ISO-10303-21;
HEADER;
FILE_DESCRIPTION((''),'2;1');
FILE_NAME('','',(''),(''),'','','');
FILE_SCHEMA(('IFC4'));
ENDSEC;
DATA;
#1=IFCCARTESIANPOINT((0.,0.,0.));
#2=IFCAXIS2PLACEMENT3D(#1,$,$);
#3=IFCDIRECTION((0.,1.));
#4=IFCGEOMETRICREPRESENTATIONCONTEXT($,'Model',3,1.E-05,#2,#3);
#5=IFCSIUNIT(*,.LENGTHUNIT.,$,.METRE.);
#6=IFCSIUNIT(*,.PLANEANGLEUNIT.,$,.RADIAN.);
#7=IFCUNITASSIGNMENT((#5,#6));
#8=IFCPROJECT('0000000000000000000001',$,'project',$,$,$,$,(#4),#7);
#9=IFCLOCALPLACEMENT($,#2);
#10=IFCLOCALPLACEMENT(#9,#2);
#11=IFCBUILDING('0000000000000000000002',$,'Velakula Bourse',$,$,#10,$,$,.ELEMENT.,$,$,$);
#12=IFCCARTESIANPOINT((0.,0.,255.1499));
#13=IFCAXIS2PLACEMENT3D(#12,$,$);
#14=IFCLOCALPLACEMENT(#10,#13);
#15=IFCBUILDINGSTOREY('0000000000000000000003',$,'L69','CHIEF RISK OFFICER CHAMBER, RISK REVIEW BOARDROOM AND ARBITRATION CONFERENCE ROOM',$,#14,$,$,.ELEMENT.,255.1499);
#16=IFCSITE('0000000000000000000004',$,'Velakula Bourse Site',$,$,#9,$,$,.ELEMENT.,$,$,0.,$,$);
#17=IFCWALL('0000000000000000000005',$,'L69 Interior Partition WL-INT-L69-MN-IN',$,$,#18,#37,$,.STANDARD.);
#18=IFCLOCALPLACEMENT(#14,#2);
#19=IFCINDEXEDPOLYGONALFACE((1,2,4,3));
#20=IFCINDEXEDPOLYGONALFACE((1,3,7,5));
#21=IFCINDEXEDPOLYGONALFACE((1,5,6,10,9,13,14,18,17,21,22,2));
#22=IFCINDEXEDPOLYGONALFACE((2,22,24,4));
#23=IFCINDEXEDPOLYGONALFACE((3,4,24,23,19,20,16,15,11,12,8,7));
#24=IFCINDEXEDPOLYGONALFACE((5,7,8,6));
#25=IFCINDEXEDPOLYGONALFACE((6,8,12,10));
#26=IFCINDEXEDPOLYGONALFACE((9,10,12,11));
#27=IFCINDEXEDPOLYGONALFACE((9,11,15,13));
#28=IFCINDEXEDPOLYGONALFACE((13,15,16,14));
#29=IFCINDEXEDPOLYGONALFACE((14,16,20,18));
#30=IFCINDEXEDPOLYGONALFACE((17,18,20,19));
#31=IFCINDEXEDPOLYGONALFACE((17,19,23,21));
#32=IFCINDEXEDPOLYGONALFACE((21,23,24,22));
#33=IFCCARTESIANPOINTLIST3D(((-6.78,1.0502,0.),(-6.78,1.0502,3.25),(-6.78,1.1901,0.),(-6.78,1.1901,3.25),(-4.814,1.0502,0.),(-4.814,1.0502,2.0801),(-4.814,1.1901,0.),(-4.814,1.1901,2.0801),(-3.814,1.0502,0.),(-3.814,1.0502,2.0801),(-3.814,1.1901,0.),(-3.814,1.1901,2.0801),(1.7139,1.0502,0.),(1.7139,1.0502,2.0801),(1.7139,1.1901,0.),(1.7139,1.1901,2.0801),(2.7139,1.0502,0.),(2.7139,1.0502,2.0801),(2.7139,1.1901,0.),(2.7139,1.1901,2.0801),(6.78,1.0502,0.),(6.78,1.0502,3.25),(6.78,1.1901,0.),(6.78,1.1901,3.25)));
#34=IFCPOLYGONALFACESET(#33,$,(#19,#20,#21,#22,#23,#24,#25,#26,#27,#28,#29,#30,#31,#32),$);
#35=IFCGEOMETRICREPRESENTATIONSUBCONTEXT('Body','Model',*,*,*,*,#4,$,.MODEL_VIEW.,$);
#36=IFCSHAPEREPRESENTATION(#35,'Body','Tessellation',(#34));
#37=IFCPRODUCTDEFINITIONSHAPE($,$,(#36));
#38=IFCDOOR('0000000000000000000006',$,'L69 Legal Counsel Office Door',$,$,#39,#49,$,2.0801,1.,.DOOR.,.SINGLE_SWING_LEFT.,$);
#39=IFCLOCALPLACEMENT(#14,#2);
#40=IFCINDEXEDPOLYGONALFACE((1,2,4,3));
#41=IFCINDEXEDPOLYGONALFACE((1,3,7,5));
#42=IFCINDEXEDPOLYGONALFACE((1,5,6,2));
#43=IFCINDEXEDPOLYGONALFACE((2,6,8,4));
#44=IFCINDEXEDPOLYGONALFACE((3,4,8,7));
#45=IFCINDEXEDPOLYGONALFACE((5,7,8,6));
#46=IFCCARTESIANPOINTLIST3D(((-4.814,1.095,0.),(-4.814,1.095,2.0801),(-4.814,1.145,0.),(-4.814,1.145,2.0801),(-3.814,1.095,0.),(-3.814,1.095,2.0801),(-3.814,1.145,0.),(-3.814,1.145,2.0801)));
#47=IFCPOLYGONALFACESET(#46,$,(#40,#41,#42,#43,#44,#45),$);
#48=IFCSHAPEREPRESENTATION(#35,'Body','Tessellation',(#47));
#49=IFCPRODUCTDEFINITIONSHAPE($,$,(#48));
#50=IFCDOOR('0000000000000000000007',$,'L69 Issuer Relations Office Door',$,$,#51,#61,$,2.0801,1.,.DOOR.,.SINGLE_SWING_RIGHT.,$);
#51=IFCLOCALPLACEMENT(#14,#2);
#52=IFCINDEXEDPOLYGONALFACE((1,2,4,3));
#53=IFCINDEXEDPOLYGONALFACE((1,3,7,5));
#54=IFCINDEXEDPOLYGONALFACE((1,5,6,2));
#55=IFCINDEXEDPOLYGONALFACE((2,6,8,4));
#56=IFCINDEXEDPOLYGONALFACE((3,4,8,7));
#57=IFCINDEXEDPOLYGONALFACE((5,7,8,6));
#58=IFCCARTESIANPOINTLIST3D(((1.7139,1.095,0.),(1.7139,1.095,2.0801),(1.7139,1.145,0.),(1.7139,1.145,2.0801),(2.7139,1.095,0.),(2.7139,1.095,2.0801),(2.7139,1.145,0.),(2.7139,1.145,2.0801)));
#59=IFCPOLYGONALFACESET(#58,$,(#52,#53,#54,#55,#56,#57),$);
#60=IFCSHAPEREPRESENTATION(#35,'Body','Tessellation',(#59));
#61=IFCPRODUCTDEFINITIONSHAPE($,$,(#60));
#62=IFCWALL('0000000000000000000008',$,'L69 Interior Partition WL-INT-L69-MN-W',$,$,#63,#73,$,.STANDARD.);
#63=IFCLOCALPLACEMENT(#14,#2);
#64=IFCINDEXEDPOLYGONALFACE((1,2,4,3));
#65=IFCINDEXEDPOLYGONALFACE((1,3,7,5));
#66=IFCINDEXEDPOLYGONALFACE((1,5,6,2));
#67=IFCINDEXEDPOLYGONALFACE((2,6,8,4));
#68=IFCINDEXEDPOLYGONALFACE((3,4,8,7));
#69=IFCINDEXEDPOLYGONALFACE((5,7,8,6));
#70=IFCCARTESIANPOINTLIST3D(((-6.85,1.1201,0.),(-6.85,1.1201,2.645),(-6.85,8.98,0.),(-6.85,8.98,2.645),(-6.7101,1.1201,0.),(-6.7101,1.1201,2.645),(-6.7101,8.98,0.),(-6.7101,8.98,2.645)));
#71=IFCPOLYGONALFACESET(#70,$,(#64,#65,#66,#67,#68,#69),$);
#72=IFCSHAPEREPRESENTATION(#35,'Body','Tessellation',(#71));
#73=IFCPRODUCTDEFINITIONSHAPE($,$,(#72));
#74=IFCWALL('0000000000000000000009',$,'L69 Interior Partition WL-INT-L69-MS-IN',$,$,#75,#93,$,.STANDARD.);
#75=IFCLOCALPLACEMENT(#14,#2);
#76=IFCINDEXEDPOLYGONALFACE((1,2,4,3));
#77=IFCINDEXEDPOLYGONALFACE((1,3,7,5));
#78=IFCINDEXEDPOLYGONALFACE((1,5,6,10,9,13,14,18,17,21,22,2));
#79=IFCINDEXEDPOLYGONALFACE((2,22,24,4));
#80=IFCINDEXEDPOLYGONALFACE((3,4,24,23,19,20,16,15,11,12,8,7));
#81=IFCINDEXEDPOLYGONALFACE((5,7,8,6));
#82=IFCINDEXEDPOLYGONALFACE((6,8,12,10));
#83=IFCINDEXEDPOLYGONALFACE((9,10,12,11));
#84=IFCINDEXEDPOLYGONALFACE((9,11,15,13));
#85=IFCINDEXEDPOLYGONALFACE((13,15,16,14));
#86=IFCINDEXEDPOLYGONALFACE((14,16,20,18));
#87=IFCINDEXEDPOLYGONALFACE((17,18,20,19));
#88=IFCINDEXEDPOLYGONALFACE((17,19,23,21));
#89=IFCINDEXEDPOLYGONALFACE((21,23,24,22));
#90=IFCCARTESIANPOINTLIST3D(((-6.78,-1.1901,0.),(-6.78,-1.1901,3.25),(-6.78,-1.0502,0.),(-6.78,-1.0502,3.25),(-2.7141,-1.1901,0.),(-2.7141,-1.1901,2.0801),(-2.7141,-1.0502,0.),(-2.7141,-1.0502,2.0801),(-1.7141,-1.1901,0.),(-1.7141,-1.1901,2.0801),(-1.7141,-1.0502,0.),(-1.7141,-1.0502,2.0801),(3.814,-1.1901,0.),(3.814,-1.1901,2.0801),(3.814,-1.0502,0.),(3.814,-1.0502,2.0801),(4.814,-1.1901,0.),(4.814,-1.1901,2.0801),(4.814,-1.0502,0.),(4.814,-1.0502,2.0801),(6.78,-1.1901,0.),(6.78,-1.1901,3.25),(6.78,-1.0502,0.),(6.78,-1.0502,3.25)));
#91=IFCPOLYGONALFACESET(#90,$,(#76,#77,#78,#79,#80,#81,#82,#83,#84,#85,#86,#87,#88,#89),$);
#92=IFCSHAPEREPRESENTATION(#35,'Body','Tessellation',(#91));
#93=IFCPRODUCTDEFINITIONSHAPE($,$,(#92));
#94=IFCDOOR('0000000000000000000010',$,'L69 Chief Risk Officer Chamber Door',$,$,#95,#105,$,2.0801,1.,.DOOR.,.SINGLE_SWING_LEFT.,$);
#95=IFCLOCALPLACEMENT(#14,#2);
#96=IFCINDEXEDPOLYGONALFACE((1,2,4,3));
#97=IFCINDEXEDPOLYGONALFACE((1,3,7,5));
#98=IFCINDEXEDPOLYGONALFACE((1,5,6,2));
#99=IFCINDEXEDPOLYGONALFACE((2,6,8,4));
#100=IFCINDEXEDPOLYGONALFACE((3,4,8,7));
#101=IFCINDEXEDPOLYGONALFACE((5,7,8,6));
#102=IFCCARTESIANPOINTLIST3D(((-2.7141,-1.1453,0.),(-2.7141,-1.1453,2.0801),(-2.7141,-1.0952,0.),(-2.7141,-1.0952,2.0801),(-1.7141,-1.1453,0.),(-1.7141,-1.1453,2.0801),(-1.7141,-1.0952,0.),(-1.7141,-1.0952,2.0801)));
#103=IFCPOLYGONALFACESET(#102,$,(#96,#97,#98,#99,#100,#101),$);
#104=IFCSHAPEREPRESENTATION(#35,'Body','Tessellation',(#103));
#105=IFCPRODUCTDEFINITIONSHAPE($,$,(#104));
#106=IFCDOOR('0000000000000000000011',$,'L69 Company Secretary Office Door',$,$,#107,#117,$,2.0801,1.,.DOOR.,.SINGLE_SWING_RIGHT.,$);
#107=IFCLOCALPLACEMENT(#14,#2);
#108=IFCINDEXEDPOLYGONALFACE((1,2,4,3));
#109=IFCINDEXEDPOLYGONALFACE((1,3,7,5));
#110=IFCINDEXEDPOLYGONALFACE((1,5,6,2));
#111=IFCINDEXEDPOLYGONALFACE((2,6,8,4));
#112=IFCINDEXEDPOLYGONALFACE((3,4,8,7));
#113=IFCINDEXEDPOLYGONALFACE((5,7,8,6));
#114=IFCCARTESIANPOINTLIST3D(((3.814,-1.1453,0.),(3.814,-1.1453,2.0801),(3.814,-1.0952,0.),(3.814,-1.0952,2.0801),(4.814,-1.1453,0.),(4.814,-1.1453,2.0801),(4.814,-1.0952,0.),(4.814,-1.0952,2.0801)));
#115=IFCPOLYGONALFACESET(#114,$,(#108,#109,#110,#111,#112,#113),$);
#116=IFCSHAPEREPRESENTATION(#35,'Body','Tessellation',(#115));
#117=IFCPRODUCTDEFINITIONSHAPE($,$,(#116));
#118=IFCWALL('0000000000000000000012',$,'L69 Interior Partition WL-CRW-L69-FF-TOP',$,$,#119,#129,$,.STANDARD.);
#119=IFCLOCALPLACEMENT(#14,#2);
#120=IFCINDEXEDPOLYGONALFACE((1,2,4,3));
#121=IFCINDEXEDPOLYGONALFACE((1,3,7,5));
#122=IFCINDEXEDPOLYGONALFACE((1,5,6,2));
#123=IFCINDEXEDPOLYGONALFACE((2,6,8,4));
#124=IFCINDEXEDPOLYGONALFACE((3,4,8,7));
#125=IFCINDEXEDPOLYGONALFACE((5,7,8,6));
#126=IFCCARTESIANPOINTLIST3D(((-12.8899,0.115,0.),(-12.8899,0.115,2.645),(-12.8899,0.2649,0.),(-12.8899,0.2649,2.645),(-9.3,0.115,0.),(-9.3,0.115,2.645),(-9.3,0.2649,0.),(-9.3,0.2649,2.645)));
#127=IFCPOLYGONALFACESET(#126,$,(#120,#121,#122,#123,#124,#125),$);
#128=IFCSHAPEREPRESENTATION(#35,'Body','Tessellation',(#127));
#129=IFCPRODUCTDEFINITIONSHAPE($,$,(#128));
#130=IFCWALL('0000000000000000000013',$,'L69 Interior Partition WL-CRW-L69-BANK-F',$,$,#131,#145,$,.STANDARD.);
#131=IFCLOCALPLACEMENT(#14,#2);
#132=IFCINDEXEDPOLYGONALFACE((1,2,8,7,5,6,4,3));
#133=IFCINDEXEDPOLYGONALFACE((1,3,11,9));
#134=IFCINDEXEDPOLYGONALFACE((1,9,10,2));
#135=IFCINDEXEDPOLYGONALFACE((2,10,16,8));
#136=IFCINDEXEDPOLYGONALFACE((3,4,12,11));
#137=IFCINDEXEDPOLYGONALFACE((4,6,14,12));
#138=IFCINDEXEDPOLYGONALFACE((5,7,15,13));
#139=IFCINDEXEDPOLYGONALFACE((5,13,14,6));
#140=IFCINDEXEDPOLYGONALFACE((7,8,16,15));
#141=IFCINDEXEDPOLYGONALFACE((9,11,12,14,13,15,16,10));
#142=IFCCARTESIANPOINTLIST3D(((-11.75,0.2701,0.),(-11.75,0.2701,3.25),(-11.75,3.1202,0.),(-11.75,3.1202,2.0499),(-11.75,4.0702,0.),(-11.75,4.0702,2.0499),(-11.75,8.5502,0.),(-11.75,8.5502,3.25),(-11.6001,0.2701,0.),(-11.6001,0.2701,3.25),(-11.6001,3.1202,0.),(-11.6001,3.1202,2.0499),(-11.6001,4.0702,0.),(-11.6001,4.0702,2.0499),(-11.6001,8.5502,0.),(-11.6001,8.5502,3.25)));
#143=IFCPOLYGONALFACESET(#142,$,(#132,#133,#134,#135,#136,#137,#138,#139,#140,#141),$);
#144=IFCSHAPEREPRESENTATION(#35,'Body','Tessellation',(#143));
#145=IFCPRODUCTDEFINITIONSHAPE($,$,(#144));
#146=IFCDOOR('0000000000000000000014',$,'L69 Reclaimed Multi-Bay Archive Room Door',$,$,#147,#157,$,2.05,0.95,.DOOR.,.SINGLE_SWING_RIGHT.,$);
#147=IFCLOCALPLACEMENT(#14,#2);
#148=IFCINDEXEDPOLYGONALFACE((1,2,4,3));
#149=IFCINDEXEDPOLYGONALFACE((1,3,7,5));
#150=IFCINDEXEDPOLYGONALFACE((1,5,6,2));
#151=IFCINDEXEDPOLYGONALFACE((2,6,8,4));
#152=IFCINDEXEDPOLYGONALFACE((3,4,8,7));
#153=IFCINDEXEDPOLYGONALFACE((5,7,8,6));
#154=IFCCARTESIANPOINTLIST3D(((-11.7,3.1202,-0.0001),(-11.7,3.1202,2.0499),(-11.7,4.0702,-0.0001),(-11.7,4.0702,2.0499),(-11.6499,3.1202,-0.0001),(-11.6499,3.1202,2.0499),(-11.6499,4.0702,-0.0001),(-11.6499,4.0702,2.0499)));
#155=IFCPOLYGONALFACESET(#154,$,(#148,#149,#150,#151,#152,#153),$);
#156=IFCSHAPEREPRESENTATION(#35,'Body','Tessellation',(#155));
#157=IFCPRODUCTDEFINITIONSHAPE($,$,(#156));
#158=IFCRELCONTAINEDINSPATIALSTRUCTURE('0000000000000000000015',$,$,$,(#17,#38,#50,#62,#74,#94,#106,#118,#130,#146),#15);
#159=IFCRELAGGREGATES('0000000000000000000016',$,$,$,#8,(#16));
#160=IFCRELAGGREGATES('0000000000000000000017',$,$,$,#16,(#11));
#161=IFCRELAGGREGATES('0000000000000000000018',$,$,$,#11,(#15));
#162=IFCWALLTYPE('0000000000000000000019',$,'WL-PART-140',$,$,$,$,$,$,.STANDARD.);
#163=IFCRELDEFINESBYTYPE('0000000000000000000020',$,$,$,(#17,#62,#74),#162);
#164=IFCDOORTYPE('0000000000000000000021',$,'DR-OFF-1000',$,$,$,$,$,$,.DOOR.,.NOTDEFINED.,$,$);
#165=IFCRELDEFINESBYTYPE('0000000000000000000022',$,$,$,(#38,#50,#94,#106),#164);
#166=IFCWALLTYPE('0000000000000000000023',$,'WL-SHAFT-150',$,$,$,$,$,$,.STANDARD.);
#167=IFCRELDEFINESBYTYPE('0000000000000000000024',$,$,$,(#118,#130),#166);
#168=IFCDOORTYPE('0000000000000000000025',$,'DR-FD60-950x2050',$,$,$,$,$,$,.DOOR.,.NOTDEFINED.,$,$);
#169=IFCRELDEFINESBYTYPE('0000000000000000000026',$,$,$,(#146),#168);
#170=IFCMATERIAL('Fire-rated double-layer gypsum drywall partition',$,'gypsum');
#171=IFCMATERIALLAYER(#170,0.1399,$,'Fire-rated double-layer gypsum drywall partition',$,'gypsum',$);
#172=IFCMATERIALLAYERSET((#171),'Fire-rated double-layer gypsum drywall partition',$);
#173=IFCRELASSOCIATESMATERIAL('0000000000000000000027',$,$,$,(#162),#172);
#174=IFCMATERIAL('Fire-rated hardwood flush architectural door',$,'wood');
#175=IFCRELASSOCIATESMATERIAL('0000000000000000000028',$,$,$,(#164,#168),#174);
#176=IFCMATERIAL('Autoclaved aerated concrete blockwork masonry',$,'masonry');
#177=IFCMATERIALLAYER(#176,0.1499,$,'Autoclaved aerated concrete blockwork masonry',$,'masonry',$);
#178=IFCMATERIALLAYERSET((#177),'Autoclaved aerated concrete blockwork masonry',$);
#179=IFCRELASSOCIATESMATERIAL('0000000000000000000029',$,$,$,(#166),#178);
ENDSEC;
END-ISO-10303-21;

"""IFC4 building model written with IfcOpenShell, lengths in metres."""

from ifc_helpers import new_model, si_unit, direction, frame, frame_2d, origin, place, context, subcontext, project, spatial, rectangle, extrude, material, layer, layer_set, type_object, element, fill, save


model = new_model("IFC4")

# Units and contexts
model_context = context("Model", 3, precision=1e-05, world=origin(), true_north=direction((0.0, 1.0)))
body_context = subcontext(model_context, "Body", "Model", "MODEL_VIEW")
ifc_project = project(units=[si_unit("LENGTHUNIT", "METRE"), si_unit("PLANEANGLEUNIT", "RADIAN")], contexts=[model_context])

# Site, building, storey
site_placement = place(None, origin())
site = spatial("IfcSite", under=ifc_project, at=site_placement, Name="Velakula Bourse Site", CompositionType="ELEMENT", RefElevation=0.0)
building_placement = place(site_placement, origin())
building = spatial("IfcBuilding", under=site, at=building_placement, Name="Velakula Bourse", CompositionType="ELEMENT")
storey_placement = place(building_placement, frame((0.0, 0.0, 255.1499)))
storey = spatial("IfcBuildingStorey", under=building, at=storey_placement, Name="L69", Description="CHIEF RISK OFFICER CHAMBER, RISK REVIEW BOARDROOM AND ARBITRATION CONFERENCE ROOM", CompositionType="ELEMENT", Elevation=255.1499)

# Shared definitions
ifc_material_1 = material(Name="Fire-rated double-layer gypsum drywall partition", Category="gypsum")

# Wall, openings, doors
ifc_layer_1 = layer(ifc_material_1, 0.1399, Name="Fire-rated double-layer gypsum drywall partition", Category="gypsum")
ifc_layer_set_1 = layer_set([ifc_layer_1], Name="Fire-rated double-layer gypsum drywall partition")
wall_type_1 = type_object("IfcWallType", Name="WL-PART-140", PredefinedType="STANDARD", material=ifc_layer_set_1)
wall_1_placement = place(storey_placement, frame((-6.78, 1.1201, 0.0), z_axis=(0.0, 0.0, 1.0), x_axis=(1.0, 0.0, 0.0)))
wall_1 = element("IfcWall", 1, at=wall_1_placement, inside=storey, type_object=wall_type_1, Name="L69 Interior Partition WL-INT-L69-MN-IN", PredefinedType="STANDARD", context=body_context, shape_type="SweptSolid", body=[
    extrude(rectangle(XDim=13.5601, YDim=0.1399, at=frame_2d((6.78, 0.0))), origin(), (0.0, 0.0, 1.0), 3.25),
])
opening_1_placement = place(wall_1_placement, frame((1.9661, 0.0, 0.0)))
opening_1 = element("IfcOpeningElement", 2, at=opening_1_placement, cuts=wall_1, PredefinedType="OPENING", context=body_context, shape_type="SweptSolid", body=[
    extrude(rectangle(XDim=1.0, YDim=2.0801, at=frame_2d((0.5, 1.04))), frame((0.0, 0.0798, 0.0), z_axis=(0.0, -1.0, 0.0), x_axis=(1.0, 0.0, 0.0)), (0.0, 0.0, 1.0), 0.1599),
])
opening_2_placement = place(wall_1_placement, frame((8.4939, 0.0, 0.0)))
opening_2 = element("IfcOpeningElement", 3, at=opening_2_placement, cuts=wall_1, PredefinedType="OPENING", context=body_context, shape_type="SweptSolid", body=[
    extrude(rectangle(XDim=1.0, YDim=2.0801, at=frame_2d((0.5, 1.04))), frame((0.0, 0.0798, 0.0), z_axis=(0.0, -1.0, 0.0), x_axis=(1.0, 0.0, 0.0)), (0.0, 0.0, 1.0), 0.1599),
])
ifc_material_2 = material(Name="Fire-rated hardwood flush architectural door", Category="wood")
door_type_1 = type_object("IfcDoorType", Name="DR-OFF-1000", OperationType="NOTDEFINED", PredefinedType="DOOR", material=ifc_material_2)
door_1_placement = place(opening_1_placement, origin())
door_1 = element("IfcDoor", 4, at=door_1_placement, inside=storey, type_object=door_type_1, Name="L69 Legal Counsel Office Door", OperationType="SINGLE_SWING_LEFT", OverallHeight=2.0801, OverallWidth=1.0, PredefinedType="DOOR", context=body_context, shape_type="SweptSolid", body=[
    extrude(rectangle(XDim=1.0, YDim=2.0801, at=frame_2d((0.5, 1.04))), frame((0.0, 0.0249, 0.0), z_axis=(0.0, -1.0, 0.0), x_axis=(1.0, 0.0, 0.0)), (0.0, 0.0, 1.0), 0.05),
])
fill(opening_1, door_1)
door_2_placement = place(opening_2_placement, origin())
door_2 = element("IfcDoor", 5, at=door_2_placement, inside=storey, type_object=door_type_1, Name="L69 Issuer Relations Office Door", OperationType="SINGLE_SWING_RIGHT", OverallHeight=2.0801, OverallWidth=1.0, PredefinedType="DOOR", context=body_context, shape_type="SweptSolid", body=[
    extrude(rectangle(XDim=1.0, YDim=2.0801, at=frame_2d((0.5, 1.04))), frame((0.0, 0.0249, 0.0), z_axis=(0.0, -1.0, 0.0), x_axis=(1.0, 0.0, 0.0)), (0.0, 0.0, 1.0), 0.05),
])
fill(opening_2, door_2)

# Wall
wall_2_placement = place(storey_placement, frame((-6.78, 1.1201, 0.0), z_axis=(0.0, 0.0, 1.0), x_axis=(0.0, 1.0, 0.0)))
element("IfcWall", 6, at=wall_2_placement, inside=storey, type_object=wall_type_1, Name="L69 Interior Partition WL-INT-L69-MN-W", PredefinedType="STANDARD", context=body_context, shape_type="SweptSolid", body=[
    extrude(rectangle(XDim=7.8599, YDim=0.1399, at=frame_2d((3.9299, 0.0))), origin(), (0.0, 0.0, 1.0), 2.645),
])

# Wall, openings, doors
wall_3_placement = place(storey_placement, frame((-6.78, -1.1201, 0.0), z_axis=(0.0, 0.0, 1.0), x_axis=(1.0, 0.0, 0.0)))
wall_3 = element("IfcWall", 7, at=wall_3_placement, inside=storey, type_object=wall_type_1, Name="L69 Interior Partition WL-INT-L69-MS-IN", PredefinedType="STANDARD", context=body_context, shape_type="SweptSolid", body=[
    extrude(rectangle(XDim=13.5601, YDim=0.1399, at=frame_2d((6.78, 0.0))), origin(), (0.0, 0.0, 1.0), 3.25),
])
opening_3_placement = place(wall_3_placement, frame((4.0659, 0.0, 0.0)))
opening_3 = element("IfcOpeningElement", 8, at=opening_3_placement, cuts=wall_3, PredefinedType="OPENING", context=body_context, shape_type="SweptSolid", body=[
    extrude(rectangle(XDim=1.0, YDim=2.0801, at=frame_2d((0.5, 1.04))), frame((0.0, 0.0798, 0.0), z_axis=(0.0, -1.0, 0.0), x_axis=(1.0, 0.0, 0.0)), (0.0, 0.0, 1.0), 0.1599),
])
opening_4_placement = place(wall_3_placement, frame((10.594, 0.0, 0.0)))
opening_4 = element("IfcOpeningElement", 9, at=opening_4_placement, cuts=wall_3, PredefinedType="OPENING", context=body_context, shape_type="SweptSolid", body=[
    extrude(rectangle(XDim=1.0, YDim=2.0801, at=frame_2d((0.5, 1.04))), frame((0.0, 0.0798, 0.0), z_axis=(0.0, -1.0, 0.0), x_axis=(1.0, 0.0, 0.0)), (0.0, 0.0, 1.0), 0.1599),
])
door_3_placement = place(opening_3_placement, origin())
door_3 = element("IfcDoor", 10, at=door_3_placement, inside=storey, type_object=door_type_1, Name="L69 Chief Risk Officer Chamber Door", OperationType="SINGLE_SWING_LEFT", OverallHeight=2.0801, OverallWidth=1.0, PredefinedType="DOOR", context=body_context, shape_type="SweptSolid", body=[
    extrude(rectangle(XDim=1.0, YDim=2.0801, at=frame_2d((0.5, 1.04))), frame((0.0, 0.0249, 0.0), z_axis=(0.0, -1.0, 0.0), x_axis=(1.0, 0.0, 0.0)), (0.0, 0.0, 1.0), 0.05),
])
fill(opening_3, door_3)
door_4_placement = place(opening_4_placement, origin())
door_4 = element("IfcDoor", 11, at=door_4_placement, inside=storey, type_object=door_type_1, Name="L69 Company Secretary Office Door", OperationType="SINGLE_SWING_RIGHT", OverallHeight=2.0801, OverallWidth=1.0, PredefinedType="DOOR", context=body_context, shape_type="SweptSolid", body=[
    extrude(rectangle(XDim=1.0, YDim=2.0801, at=frame_2d((0.5, 1.04))), frame((0.0, 0.0249, 0.0), z_axis=(0.0, -1.0, 0.0), x_axis=(1.0, 0.0, 0.0)), (0.0, 0.0, 1.0), 0.05),
])
fill(opening_4, door_4)

# Wall
ifc_material_3 = material(Name="Autoclaved aerated concrete blockwork masonry", Category="masonry")
ifc_layer_2 = layer(ifc_material_3, 0.1499, Name="Autoclaved aerated concrete blockwork masonry", Category="masonry")
ifc_layer_set_2 = layer_set([ifc_layer_2], Name="Autoclaved aerated concrete blockwork masonry")
wall_type_2 = type_object("IfcWallType", Name="WL-SHAFT-150", PredefinedType="STANDARD", material=ifc_layer_set_2)
wall_4_placement = place(storey_placement, frame((-12.8899, 0.1899, 0.0), z_axis=(0.0, 0.0, 1.0), x_axis=(1.0, 0.0, 0.0)))
element("IfcWall", 12, at=wall_4_placement, inside=storey, type_object=wall_type_2, Name="L69 Interior Partition WL-CRW-L69-FF-TOP", PredefinedType="STANDARD", context=body_context, shape_type="SweptSolid", body=[
    extrude(rectangle(XDim=3.5898, YDim=0.1499, at=frame_2d((1.7949, 0.0))), origin(), (0.0, 0.0, 1.0), 2.645),
])

# Wall, opening, door
wall_5_placement = place(storey_placement, frame((-11.675, 0.27, 0.0), z_axis=(0.0, 0.0, 1.0), x_axis=(0.0, 1.0, 0.0)))
wall_5 = element("IfcWall", 13, at=wall_5_placement, inside=storey, type_object=wall_type_2, Name="L69 Interior Partition WL-CRW-L69-BANK-F", PredefinedType="STANDARD", context=body_context, shape_type="SweptSolid", body=[
    extrude(rectangle(XDim=8.28, YDim=0.1499, at=frame_2d((4.1401, 0.0))), origin(), (0.0, 0.0, 1.0), 3.25),
])
opening_5_placement = place(wall_5_placement, frame((2.8501, 0.0, 0.0)))
opening_5 = element("IfcOpeningElement", 14, at=opening_5_placement, cuts=wall_5, PredefinedType="OPENING", context=body_context, shape_type="SweptSolid", body=[
    extrude(rectangle(XDim=0.95, YDim=2.05, at=frame_2d((0.4751, 1.0249))), frame((0.0, 0.085, 0.0), z_axis=(0.0, -1.0, 0.0), x_axis=(1.0, 0.0, 0.0)), (0.0, 0.0, 1.0), 0.1699),
])
door_type_2 = type_object("IfcDoorType", Name="DR-FD60-950x2050", OperationType="NOTDEFINED", PredefinedType="DOOR", material=ifc_material_2)
door_5_placement = place(opening_5_placement, origin())
door_5 = element("IfcDoor", 15, at=door_5_placement, inside=storey, type_object=door_type_2, Name="L69 Reclaimed Multi-Bay Archive Room Door", OperationType="SINGLE_SWING_RIGHT", OverallHeight=2.05, OverallWidth=0.95, PredefinedType="DOOR", context=body_context, shape_type="SweptSolid", body=[
    extrude(rectangle(XDim=0.95, YDim=2.05, at=frame_2d((0.4751, 1.0249))), frame((0.0, 0.0249, 0.0), z_axis=(0.0, -1.0, 0.0), x_axis=(1.0, 0.0, 0.0)), (0.0, 0.0, 1.0), 0.05),
])
fill(opening_5, door_5)

save(model, "model.ifc")
